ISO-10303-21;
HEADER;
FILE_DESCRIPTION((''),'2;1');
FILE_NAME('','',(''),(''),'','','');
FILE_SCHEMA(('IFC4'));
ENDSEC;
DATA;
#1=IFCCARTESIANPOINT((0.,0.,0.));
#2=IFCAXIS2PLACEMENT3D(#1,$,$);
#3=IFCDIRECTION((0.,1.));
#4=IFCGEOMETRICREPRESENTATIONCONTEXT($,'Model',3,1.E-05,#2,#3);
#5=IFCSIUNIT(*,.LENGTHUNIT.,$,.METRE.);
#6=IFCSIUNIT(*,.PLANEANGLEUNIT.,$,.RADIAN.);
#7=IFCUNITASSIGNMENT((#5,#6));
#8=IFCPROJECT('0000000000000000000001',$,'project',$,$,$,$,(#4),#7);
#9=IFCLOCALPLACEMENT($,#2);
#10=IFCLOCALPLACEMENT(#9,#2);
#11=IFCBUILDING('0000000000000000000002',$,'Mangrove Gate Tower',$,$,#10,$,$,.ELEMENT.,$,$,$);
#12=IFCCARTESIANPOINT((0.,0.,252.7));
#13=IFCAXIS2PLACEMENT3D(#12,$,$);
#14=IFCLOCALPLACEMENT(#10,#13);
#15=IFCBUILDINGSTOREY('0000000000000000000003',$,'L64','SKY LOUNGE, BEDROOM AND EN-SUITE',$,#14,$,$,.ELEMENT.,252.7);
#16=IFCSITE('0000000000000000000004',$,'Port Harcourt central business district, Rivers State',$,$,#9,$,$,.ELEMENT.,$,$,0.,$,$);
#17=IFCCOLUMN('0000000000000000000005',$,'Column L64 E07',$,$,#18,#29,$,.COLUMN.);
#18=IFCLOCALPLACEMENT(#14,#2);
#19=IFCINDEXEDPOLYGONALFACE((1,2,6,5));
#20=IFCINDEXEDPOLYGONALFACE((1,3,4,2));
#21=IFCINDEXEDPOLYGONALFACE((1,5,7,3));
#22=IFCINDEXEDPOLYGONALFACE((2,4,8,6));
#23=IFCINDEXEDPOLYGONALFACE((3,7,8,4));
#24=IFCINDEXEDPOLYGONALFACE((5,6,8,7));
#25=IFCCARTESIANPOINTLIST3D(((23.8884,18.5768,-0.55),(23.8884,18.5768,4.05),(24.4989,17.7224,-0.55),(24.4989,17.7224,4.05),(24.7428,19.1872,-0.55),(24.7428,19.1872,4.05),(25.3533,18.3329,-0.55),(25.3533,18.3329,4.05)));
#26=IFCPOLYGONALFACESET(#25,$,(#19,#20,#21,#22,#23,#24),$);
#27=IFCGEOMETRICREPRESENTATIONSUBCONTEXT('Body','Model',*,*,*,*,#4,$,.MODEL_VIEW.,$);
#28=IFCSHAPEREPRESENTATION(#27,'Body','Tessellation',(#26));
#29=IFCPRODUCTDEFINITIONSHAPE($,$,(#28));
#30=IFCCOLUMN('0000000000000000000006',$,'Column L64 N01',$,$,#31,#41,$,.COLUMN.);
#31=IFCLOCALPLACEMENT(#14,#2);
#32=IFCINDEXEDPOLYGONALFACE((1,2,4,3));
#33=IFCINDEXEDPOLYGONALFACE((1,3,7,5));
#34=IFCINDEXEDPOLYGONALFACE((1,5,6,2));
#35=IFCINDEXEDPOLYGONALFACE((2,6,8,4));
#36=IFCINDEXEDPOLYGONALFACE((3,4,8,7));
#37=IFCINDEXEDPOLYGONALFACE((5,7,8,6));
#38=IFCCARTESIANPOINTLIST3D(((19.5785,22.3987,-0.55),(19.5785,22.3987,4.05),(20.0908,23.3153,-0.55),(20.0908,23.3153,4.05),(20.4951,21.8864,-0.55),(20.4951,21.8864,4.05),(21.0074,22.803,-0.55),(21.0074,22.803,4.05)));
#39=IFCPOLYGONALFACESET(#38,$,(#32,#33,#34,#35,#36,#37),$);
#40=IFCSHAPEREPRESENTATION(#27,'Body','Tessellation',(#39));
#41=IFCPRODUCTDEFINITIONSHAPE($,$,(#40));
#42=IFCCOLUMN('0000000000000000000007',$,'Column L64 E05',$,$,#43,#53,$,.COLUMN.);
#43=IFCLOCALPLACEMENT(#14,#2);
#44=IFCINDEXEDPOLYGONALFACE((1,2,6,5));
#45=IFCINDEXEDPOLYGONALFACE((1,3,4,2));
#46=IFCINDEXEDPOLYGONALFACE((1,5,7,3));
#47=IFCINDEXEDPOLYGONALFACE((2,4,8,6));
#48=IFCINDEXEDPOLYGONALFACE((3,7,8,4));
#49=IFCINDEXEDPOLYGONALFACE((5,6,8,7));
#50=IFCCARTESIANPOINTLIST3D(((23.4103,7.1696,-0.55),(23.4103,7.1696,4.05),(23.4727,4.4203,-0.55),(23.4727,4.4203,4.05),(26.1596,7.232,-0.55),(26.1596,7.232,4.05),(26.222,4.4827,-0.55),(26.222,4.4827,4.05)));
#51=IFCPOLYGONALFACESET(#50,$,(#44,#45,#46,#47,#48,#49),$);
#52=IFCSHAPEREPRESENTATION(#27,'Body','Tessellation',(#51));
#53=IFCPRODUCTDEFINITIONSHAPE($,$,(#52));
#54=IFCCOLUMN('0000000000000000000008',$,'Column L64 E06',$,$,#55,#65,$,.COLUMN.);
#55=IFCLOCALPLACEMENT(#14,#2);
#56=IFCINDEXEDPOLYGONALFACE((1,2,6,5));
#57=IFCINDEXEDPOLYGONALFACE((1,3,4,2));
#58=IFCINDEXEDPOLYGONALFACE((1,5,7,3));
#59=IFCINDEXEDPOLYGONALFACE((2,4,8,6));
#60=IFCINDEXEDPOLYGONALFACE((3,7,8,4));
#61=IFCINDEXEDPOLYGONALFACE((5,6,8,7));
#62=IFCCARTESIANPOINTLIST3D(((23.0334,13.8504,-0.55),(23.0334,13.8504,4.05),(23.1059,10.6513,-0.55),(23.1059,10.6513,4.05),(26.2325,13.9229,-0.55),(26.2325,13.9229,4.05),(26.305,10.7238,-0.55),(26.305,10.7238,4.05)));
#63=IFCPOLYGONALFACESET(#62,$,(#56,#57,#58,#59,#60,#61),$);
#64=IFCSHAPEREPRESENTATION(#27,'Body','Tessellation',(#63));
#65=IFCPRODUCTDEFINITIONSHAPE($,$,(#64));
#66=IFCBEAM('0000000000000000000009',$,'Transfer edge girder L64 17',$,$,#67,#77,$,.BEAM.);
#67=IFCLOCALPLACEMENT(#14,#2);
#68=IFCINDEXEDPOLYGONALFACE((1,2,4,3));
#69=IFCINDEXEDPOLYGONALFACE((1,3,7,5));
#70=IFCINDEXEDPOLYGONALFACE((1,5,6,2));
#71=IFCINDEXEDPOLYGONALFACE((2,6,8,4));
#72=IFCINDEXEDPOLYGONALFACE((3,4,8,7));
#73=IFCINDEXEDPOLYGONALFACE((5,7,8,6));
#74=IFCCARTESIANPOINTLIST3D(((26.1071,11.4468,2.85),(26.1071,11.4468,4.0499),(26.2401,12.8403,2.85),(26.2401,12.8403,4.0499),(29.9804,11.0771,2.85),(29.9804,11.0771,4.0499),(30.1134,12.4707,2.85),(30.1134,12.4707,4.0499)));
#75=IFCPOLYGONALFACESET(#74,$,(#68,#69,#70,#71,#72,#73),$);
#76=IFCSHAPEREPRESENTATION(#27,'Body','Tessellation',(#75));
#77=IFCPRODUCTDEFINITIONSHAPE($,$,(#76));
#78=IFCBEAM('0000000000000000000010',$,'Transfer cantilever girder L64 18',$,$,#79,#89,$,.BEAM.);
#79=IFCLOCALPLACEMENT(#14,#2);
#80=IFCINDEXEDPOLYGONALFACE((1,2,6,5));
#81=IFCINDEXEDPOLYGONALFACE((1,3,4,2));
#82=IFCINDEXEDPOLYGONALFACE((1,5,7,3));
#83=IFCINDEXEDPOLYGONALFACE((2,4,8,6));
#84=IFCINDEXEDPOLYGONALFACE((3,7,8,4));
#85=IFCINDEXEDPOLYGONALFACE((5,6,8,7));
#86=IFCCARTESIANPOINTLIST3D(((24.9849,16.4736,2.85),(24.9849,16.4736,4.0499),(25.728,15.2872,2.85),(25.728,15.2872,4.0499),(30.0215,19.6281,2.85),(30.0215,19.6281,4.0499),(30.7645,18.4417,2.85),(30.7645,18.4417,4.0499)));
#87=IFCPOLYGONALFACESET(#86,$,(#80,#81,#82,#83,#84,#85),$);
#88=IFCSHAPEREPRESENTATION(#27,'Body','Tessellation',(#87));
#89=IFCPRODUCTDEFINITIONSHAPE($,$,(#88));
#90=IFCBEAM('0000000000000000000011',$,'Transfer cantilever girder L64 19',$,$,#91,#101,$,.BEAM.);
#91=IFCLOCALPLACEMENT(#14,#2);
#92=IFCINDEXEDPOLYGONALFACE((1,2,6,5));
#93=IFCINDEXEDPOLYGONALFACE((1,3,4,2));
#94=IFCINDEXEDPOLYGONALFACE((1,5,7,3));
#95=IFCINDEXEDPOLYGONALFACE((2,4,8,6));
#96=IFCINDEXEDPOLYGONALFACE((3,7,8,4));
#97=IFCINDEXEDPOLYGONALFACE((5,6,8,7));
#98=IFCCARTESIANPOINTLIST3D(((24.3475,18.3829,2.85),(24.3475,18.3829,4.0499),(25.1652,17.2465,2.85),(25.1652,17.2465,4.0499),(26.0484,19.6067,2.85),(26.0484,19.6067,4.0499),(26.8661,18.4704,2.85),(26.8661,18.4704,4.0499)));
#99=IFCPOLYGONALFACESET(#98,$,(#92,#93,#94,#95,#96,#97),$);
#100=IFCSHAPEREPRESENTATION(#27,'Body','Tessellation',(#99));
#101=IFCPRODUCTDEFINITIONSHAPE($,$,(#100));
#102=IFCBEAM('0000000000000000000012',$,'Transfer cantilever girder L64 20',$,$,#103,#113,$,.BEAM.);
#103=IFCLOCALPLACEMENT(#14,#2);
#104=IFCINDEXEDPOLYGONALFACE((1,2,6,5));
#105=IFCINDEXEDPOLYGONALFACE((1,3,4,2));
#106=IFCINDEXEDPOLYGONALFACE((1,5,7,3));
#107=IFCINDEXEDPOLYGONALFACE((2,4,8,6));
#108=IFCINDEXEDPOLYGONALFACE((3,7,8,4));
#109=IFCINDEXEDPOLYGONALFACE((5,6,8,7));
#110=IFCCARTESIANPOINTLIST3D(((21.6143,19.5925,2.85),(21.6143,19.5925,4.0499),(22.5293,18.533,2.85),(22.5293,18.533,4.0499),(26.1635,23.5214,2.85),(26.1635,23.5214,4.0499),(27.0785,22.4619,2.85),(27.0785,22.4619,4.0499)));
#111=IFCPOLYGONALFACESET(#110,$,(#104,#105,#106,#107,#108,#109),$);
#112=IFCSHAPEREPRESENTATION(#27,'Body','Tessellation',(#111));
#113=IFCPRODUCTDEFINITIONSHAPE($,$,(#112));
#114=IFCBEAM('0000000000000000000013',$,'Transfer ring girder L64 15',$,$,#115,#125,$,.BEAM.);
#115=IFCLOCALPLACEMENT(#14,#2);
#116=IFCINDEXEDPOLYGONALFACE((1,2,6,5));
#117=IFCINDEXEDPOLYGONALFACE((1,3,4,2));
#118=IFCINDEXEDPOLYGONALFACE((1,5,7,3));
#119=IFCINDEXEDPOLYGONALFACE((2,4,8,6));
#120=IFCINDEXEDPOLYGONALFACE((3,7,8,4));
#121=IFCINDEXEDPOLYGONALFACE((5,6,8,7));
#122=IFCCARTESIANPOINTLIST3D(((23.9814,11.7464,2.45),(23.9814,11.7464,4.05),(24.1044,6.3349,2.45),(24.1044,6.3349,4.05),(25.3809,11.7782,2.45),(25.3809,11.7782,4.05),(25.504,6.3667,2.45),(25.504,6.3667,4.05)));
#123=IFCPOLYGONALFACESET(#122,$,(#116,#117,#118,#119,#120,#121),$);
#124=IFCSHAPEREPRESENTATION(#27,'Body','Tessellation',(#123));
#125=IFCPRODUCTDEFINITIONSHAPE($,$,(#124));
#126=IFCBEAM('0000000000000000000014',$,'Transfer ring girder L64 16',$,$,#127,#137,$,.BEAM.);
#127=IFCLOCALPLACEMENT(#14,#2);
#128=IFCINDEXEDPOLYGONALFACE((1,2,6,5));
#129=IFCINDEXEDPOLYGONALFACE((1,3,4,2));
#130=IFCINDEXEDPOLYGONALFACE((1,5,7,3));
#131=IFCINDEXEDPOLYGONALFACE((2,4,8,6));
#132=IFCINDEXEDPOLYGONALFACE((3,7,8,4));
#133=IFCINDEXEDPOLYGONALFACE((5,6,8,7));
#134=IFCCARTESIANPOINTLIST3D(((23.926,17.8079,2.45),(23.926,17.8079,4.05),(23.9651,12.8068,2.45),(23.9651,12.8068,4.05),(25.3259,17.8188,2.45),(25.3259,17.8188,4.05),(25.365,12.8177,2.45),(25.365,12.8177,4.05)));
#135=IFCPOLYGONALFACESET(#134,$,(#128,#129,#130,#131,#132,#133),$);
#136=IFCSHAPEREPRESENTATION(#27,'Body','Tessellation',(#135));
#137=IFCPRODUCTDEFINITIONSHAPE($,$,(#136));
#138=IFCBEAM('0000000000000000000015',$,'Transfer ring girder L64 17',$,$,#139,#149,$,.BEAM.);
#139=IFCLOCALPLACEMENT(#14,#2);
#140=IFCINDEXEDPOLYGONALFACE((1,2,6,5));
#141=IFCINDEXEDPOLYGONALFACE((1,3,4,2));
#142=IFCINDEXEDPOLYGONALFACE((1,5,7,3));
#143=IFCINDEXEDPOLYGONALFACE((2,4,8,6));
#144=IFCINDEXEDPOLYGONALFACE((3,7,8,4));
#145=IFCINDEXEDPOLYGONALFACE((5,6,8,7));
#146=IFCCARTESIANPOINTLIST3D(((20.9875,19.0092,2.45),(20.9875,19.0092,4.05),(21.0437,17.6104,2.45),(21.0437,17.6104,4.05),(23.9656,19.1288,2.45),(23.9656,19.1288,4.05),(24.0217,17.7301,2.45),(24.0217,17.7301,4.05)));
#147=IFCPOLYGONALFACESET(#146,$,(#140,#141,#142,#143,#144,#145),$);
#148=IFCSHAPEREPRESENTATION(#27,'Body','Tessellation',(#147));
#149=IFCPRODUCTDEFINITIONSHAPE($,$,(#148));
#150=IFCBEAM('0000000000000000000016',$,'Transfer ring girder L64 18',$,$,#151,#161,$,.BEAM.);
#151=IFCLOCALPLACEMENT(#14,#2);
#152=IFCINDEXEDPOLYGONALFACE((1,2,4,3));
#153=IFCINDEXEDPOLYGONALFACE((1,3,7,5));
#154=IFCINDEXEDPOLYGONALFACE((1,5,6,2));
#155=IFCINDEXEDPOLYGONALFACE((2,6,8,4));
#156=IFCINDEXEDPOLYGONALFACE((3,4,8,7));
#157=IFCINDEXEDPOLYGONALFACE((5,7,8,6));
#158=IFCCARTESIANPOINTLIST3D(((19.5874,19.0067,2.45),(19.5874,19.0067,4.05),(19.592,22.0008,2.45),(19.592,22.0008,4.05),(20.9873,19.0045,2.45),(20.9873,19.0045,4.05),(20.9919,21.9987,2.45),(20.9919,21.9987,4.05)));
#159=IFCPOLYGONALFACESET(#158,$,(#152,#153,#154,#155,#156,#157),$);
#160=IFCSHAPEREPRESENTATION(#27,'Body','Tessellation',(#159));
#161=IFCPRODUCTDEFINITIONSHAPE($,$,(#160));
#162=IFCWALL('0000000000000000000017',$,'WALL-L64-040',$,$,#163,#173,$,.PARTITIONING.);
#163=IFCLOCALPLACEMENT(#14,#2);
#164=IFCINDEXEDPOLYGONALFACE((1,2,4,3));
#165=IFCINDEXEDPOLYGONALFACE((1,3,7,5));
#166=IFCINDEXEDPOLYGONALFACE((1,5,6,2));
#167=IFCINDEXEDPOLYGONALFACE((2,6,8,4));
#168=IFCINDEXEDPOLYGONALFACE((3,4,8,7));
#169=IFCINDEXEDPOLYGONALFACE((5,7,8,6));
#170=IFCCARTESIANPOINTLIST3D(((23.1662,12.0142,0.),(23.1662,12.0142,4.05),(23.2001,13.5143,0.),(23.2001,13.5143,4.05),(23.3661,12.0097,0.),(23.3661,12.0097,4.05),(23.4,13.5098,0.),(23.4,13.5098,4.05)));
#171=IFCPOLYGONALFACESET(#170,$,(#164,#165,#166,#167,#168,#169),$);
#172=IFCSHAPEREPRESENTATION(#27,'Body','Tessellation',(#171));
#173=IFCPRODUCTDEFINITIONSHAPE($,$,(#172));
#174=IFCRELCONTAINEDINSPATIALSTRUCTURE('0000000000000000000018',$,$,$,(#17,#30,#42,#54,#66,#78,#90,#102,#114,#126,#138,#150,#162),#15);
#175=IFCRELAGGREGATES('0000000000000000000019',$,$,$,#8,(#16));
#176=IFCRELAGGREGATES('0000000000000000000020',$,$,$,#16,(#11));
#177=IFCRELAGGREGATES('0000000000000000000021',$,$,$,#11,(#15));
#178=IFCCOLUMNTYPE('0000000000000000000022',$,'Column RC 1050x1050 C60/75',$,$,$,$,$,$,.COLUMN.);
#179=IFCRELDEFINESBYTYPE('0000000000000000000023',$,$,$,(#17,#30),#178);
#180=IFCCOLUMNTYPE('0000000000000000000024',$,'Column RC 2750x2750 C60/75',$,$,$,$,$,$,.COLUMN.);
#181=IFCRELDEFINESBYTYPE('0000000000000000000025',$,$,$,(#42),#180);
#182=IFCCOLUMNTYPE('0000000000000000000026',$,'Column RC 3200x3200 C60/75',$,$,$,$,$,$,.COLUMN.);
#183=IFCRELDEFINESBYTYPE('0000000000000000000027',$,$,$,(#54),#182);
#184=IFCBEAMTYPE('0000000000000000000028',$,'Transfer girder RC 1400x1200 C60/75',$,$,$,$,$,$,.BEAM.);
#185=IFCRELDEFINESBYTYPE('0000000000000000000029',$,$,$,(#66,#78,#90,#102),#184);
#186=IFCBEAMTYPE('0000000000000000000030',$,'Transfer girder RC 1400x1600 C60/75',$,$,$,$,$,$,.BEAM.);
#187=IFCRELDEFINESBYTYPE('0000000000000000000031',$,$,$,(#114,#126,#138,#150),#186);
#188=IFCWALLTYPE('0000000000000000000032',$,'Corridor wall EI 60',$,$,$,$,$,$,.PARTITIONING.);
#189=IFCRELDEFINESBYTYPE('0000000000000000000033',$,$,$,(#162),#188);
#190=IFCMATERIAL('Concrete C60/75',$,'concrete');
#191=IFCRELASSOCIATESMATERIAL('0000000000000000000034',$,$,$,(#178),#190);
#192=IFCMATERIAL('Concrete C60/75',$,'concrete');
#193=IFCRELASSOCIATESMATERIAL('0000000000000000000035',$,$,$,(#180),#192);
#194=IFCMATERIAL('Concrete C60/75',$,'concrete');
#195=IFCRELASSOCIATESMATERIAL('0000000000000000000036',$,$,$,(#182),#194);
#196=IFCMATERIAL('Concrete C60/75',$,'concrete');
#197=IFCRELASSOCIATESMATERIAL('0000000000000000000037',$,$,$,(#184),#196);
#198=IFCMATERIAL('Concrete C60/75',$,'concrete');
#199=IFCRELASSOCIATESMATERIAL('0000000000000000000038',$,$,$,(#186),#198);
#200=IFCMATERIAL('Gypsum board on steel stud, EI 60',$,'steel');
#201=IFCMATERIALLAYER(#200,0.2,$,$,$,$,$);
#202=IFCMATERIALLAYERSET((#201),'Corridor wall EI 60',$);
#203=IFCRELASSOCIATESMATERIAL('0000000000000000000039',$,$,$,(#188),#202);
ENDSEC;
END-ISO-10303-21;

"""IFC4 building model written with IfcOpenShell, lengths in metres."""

from ifc_helpers import new_model, si_unit, direction, frame, frame_2d, origin, origin_2d, place, context, subcontext, project, spatial, rectangle, extrude, material, layer, layer_set, material_profile, profile_set, type_object, element, save


model = new_model("IFC4")

# Units and contexts
model_context = context("Model", 3, precision=1e-05, world=origin(), true_north=direction((0.0, 1.0)))
body_context = subcontext(model_context, "Body", "Model", "MODEL_VIEW")
ifc_project = project(units=[si_unit("LENGTHUNIT", "METRE"), si_unit("PLANEANGLEUNIT", "RADIAN")], contexts=[model_context])

# Site, building, storey
site_placement = place(None, origin())
site = spatial("IfcSite", under=ifc_project, at=site_placement, Name="Port Harcourt central business district, Rivers State", CompositionType="ELEMENT", RefElevation=0.0)
building_placement = place(site_placement, origin())
building = spatial("IfcBuilding", under=site, at=building_placement, Name="Mangrove Gate Tower", CompositionType="ELEMENT")
storey_placement = place(building_placement, frame((0.0, 0.0, 252.7)))
storey = spatial("IfcBuildingStorey", under=building, at=storey_placement, Name="L64", Description="SKY LOUNGE, BEDROOM AND EN-SUITE", CompositionType="ELEMENT", Elevation=252.7)

# Columns
ifc_material_1 = material(Name="Concrete C60/75", Category="concrete")
ifc_material_profile_1 = material_profile(ifc_material_1, rectangle(XDim=1.05, YDim=1.05, at=origin_2d()))
ifc_profile_set_1 = profile_set([ifc_material_profile_1], Name="Concrete C60/75")
column_type_1 = type_object("IfcColumnType", Name="Column RC 1050x1050 C60/75", PredefinedType="COLUMN", material=ifc_profile_set_1)
for number, where, z_axis, x_axis, name in (
    (1, (24.6208, 18.4548, -0.55), (0.0, 0.0, 1.0), (-0.581359, 0.813647, 0.0), "Column L64 E07"),
    (2, (20.293, 22.6008, -0.55), (0.0, 0.0, 1.0), (-0.872897, 0.487904, 0.0), "Column L64 N01"),
):
    element("IfcColumn", number, at=place(storey_placement, frame(where, z_axis=z_axis, x_axis=x_axis)), inside=storey, type_object=column_type_1, Name=name, PredefinedType="COLUMN", context=body_context, shape_type="SweptSolid", body=[
        extrude(rectangle(XDim=1.05, YDim=1.05, at=origin_2d()), origin(), (0.0, 0.0, 1.0), 4.6001),
    ])
ifc_material_2 = material(Name="Concrete C60/75", Category="concrete")
ifc_material_profile_2 = material_profile(ifc_material_2, rectangle(XDim=2.75, YDim=2.75, at=origin_2d()))
ifc_profile_set_2 = profile_set([ifc_material_profile_2], Name="Concrete C60/75")
column_type_2 = type_object("IfcColumnType", Name="Column RC 2750x2750 C60/75", PredefinedType="COLUMN", material=ifc_profile_set_2)
column_1_placement = place(storey_placement, frame((24.8162, 5.8262, -0.55), z_axis=(0.0, 0.0, 1.0), x_axis=(-0.022708, 0.999742, 0.0)))
element("IfcColumn", 3, at=column_1_placement, inside=storey, type_object=column_type_2, Name="Column L64 E05", PredefinedType="COLUMN", context=body_context, shape_type="SweptSolid", body=[
    extrude(rectangle(XDim=2.75, YDim=2.75, at=origin_2d()), origin(), (0.0, 0.0, 1.0), 4.6001),
])
ifc_material_3 = material(Name="Concrete C60/75", Category="concrete")
ifc_material_profile_3 = material_profile(ifc_material_3, rectangle(XDim=3.2, YDim=3.2, at=origin_2d()))
ifc_profile_set_3 = profile_set([ifc_material_profile_3], Name="Concrete C60/75")
column_type_3 = type_object("IfcColumnType", Name="Column RC 3200x3200 C60/75", PredefinedType="COLUMN", material=ifc_profile_set_3)
column_2_placement = place(storey_placement, frame((24.6692, 12.2871, -0.55), z_axis=(0.0, 0.0, 1.0), x_axis=(-0.022669, 0.999743, 0.0)))
element("IfcColumn", 4, at=column_2_placement, inside=storey, type_object=column_type_3, Name="Column L64 E06", PredefinedType="COLUMN", context=body_context, shape_type="SweptSolid", body=[
    extrude(rectangle(XDim=3.2, YDim=3.2, at=origin_2d()), origin(), (0.0, 0.0, 1.0), 4.6001),
])

# Beams
ifc_material_4 = material(Name="Concrete C60/75", Category="concrete")
ifc_material_profile_4 = material_profile(ifc_material_4, rectangle(XDim=1.3999, YDim=1.2, at=origin_2d()))
ifc_profile_set_4 = profile_set([ifc_material_profile_4], Name="Concrete C60/75")
beam_type_1 = type_object("IfcBeamType", Name="Transfer girder RC 1400x1200 C60/75", PredefinedType="BEAM", material=ifc_profile_set_4)
beam_1_placement = place(storey_placement, frame((26.1736, 12.1436, 3.45), z_axis=(0.995477, -0.094999, 0.0), x_axis=(0.094999, 0.995477, 0.0)))
element("IfcBeam", 5, at=beam_1_placement, inside=storey, type_object=beam_type_1, Name="Transfer edge girder L64 17", PredefinedType="BEAM", context=body_context, shape_type="SweptSolid", body=[
    extrude(rectangle(XDim=1.3999, YDim=1.2, at=origin_2d()), origin(), (0.0, 0.0, 1.0), 3.8909),
])
beam_2_placement = place(storey_placement, frame((25.3564, 15.8804, 3.45), z_axis=(0.847495, 0.530804, 0.0), x_axis=(-0.530804, 0.847495, 0.0)))
element("IfcBeam", 6, at=beam_2_placement, inside=storey, type_object=beam_type_1, Name="Transfer cantilever girder L64 18", PredefinedType="BEAM", context=body_context, shape_type="SweptSolid", body=[
    extrude(rectangle(XDim=1.3999, YDim=1.2, at=origin_2d()), origin(), (0.0, 0.0, 1.0), 5.9429),
])
beam_3_placement = place(storey_placement, frame((24.7563, 17.8147, 3.45), z_axis=(0.811713, 0.584056, 0.0), x_axis=(-0.584056, 0.811713, 0.0)))
element("IfcBeam", 7, at=beam_3_placement, inside=storey, type_object=beam_type_1, Name="Transfer cantilever girder L64 19", PredefinedType="BEAM", context=body_context, shape_type="SweptSolid", body=[
    extrude(rectangle(XDim=1.3999, YDim=1.2, at=origin_2d()), origin(), (0.0, 0.0, 1.0), 2.0955),
])
beam_4_placement = place(storey_placement, frame((22.0718, 19.0627, 3.45), z_axis=(0.756823, 0.65362, 0.0), x_axis=(-0.65362, 0.756823, 0.0)))
element("IfcBeam", 8, at=beam_4_placement, inside=storey, type_object=beam_type_1, Name="Transfer cantilever girder L64 20", PredefinedType="BEAM", context=body_context, shape_type="SweptSolid", body=[
    extrude(rectangle(XDim=1.3999, YDim=1.2, at=origin_2d()), origin(), (0.0, 0.0, 1.0), 6.011),
])
ifc_material_5 = material(Name="Concrete C60/75", Category="concrete")
ifc_material_profile_5 = material_profile(ifc_material_5, rectangle(XDim=1.3999, YDim=1.6001, at=origin_2d()))
ifc_profile_set_5 = profile_set([ifc_material_profile_5], Name="Concrete C60/75")
beam_type_2 = type_object("IfcBeamType", Name="Transfer girder RC 1400x1600 C60/75", PredefinedType="BEAM", material=ifc_profile_set_5)
beam_5_placement = place(storey_placement, frame((24.8042, 6.3508, 3.25), z_axis=(-0.022733, 0.999742, 0.0), x_axis=(-0.999742, -0.022733, 0.0)))
element("IfcBeam", 9, at=beam_5_placement, inside=storey, type_object=beam_type_2, Name="Transfer ring girder L64 15", PredefinedType="BEAM", context=body_context, shape_type="SweptSolid", body=[
    extrude(rectangle(XDim=1.3999, YDim=1.6001, at=origin_2d()), origin(), (0.0, 0.0, 1.0), 5.4128),
])
beam_6_placement = place(storey_placement, frame((24.665, 12.8123, 3.25), z_axis=(-0.007811, 0.999969, 0.0), x_axis=(-0.999969, -0.007811, 0.0)))
element("IfcBeam", 10, at=beam_6_placement, inside=storey, type_object=beam_type_2, Name="Transfer ring girder L64 16", PredefinedType="BEAM", context=body_context, shape_type="SweptSolid", body=[
    extrude(rectangle(XDim=1.3999, YDim=1.6001, at=origin_2d()), origin(), (0.0, 0.0, 1.0), 5.0012),
])
beam_7_placement = place(storey_placement, frame((23.9937, 18.4294, 3.25), z_axis=(-0.999194, -0.040138, 0.0), x_axis=(0.040138, -0.999194, 0.0)))
element("IfcBeam", 11, at=beam_7_placement, inside=storey, type_object=beam_type_2, Name="Transfer ring girder L64 17", PredefinedType="BEAM", context=body_context, shape_type="SweptSolid", body=[
    extrude(rectangle(XDim=1.3999, YDim=1.6001, at=origin_2d()), origin(), (0.0, 0.0, 1.0), 2.9805),
])
beam_8_placement = place(storey_placement, frame((20.2874, 19.0056, 3.25), z_axis=(0.001549, 0.999999, 0.0), x_axis=(-0.999999, 0.001549, 0.0)))
element("IfcBeam", 12, at=beam_8_placement, inside=storey, type_object=beam_type_2, Name="Transfer ring girder L64 18", PredefinedType="BEAM", context=body_context, shape_type="SweptSolid", body=[
    extrude(rectangle(XDim=1.3999, YDim=1.6001, at=origin_2d()), origin(), (0.0, 0.0, 1.0), 2.9941),
])

# Wall
ifc_material_6 = material(Name="Gypsum board on steel stud, EI 60", Category="steel")
ifc_layer_1 = layer(ifc_material_6, 0.2)
ifc_layer_set_1 = layer_set([ifc_layer_1], Name="Corridor wall EI 60")
wall_type_1 = type_object("IfcWallType", Name="Corridor wall EI 60", PredefinedType="PARTITIONING", material=ifc_layer_set_1)
wall_1_placement = place(storey_placement, frame((23.2661, 12.012, 0.0), z_axis=(0.0, 0.0, 1.0), x_axis=(0.022618, 0.999744, 0.0)))
element("IfcWall", 13, at=wall_1_placement, inside=storey, type_object=wall_type_1, Name="WALL-L64-040", PredefinedType="PARTITIONING", context=body_context, shape_type="SweptSolid", body=[
    extrude(rectangle(XDim=1.5005, YDim=0.2, at=frame_2d((0.7502, 0.0))), origin(), (0.0, 0.0, 1.0), 4.05),
])

save(model, "model.ifc")
